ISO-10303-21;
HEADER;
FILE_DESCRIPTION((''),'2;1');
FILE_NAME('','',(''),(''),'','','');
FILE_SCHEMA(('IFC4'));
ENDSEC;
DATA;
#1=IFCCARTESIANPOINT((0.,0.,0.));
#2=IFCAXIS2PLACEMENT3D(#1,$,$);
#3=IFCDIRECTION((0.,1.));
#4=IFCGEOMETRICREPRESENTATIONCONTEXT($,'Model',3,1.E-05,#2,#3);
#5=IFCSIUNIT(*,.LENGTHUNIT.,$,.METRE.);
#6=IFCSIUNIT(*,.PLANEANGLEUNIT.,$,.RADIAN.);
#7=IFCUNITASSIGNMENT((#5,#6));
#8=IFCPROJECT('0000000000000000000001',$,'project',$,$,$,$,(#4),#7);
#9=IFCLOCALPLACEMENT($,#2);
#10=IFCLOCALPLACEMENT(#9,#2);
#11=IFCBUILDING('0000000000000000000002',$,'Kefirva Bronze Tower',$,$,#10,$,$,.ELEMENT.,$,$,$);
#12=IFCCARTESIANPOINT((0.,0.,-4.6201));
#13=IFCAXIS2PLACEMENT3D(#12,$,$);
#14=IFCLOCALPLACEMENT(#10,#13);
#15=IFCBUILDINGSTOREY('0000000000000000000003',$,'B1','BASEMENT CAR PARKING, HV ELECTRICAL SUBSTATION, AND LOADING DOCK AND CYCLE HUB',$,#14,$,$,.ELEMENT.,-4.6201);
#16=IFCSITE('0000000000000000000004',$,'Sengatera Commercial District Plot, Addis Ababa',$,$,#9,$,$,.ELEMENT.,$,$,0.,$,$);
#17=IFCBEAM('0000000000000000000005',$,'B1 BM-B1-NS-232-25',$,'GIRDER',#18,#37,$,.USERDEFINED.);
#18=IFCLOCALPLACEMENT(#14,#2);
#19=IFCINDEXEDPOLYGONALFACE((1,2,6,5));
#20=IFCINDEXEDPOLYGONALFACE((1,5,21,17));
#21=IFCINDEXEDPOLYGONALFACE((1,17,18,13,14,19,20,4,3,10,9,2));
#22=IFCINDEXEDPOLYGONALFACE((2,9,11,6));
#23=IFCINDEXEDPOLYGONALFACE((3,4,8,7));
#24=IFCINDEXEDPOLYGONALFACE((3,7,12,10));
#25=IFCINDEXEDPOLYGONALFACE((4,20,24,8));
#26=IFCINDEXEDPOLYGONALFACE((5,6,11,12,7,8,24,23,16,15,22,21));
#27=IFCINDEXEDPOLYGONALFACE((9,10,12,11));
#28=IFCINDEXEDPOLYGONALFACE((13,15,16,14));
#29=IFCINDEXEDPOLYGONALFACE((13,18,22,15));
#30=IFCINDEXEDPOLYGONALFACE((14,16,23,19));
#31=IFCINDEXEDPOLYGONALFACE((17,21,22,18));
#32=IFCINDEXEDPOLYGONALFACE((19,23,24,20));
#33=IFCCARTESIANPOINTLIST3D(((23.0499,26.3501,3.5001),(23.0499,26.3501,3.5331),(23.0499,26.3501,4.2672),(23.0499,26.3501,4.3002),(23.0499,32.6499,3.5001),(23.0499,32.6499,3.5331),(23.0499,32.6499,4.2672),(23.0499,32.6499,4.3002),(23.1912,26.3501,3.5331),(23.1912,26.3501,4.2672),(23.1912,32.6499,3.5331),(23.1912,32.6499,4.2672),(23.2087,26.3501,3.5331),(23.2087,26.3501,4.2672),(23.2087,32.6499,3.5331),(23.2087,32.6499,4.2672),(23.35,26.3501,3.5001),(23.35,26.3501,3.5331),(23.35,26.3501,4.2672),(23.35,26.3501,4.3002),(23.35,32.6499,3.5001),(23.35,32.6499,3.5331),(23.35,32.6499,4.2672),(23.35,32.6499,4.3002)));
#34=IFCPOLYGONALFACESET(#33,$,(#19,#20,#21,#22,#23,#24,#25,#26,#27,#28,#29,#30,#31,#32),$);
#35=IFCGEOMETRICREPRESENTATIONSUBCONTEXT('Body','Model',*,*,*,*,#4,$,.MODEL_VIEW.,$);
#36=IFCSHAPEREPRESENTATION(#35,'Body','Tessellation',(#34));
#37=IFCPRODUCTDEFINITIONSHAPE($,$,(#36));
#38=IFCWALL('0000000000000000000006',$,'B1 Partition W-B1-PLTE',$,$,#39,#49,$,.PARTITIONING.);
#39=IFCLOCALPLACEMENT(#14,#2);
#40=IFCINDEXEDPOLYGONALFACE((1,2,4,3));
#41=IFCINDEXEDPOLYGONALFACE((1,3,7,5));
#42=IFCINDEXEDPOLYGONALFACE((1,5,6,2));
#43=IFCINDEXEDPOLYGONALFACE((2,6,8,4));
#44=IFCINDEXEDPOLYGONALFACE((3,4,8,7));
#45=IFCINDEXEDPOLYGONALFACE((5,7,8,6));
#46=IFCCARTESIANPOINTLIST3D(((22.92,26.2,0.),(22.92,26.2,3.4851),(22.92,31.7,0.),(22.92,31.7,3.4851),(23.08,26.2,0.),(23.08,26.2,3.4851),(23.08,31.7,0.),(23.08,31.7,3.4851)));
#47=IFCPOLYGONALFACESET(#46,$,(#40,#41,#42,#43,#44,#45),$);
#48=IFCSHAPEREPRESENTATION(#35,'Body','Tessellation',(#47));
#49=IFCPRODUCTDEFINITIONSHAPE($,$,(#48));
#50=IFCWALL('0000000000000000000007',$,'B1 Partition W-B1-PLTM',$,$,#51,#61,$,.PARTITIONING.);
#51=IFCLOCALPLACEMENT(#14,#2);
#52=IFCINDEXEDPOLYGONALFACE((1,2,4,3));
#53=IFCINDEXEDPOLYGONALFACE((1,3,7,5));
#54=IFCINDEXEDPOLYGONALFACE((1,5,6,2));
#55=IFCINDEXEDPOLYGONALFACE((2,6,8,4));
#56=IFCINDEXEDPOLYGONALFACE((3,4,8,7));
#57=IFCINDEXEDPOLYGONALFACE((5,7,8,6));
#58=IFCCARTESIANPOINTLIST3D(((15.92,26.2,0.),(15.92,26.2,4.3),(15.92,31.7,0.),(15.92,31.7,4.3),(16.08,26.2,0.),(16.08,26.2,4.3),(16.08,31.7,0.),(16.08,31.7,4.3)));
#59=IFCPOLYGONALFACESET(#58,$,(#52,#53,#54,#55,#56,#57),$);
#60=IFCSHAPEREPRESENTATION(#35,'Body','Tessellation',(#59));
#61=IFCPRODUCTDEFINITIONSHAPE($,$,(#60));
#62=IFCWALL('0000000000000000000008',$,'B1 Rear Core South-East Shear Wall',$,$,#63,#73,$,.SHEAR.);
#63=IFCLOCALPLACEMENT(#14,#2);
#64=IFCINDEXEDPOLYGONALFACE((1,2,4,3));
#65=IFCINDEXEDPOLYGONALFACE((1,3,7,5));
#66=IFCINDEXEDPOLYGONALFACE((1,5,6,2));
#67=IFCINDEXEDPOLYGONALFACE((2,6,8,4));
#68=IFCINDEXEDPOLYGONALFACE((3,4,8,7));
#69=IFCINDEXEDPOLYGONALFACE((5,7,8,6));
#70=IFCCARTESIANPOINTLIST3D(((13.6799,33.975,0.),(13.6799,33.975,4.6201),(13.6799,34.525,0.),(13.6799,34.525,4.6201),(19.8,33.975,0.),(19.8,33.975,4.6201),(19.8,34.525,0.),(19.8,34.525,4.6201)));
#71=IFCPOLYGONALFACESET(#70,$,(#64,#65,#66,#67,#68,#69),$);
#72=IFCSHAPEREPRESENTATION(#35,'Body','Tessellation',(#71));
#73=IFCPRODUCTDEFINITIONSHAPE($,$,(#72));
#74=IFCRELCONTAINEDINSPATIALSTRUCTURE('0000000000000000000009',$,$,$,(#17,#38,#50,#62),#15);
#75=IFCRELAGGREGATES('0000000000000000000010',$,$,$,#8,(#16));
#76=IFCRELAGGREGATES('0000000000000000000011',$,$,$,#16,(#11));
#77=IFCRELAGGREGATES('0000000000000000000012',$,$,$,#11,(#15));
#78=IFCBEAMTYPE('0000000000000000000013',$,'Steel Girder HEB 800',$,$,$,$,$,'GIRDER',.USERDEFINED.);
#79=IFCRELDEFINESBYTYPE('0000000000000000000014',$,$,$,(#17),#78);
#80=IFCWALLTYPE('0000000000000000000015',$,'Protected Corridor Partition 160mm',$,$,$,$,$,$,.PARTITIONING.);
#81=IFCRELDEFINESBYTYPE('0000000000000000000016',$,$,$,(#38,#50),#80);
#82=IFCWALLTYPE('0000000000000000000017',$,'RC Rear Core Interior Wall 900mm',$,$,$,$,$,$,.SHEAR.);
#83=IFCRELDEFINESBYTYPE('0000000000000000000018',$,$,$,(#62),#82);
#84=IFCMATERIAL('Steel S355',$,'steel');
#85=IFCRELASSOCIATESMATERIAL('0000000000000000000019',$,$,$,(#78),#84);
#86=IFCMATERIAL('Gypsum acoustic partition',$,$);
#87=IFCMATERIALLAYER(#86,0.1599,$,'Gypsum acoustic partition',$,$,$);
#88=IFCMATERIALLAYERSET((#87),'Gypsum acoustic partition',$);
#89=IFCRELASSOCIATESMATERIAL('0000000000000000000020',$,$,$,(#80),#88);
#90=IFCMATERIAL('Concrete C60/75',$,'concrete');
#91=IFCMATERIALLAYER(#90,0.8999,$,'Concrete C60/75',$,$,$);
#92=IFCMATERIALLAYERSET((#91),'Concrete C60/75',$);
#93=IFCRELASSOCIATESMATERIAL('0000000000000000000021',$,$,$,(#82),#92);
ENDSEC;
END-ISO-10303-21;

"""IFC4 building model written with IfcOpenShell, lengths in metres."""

from ifc_helpers import new_model, si_unit, direction, frame, frame_2d, origin, origin_2d, place, context, subcontext, project, spatial, rectangle, i_section, extrude, material, layer, layer_set, material_profile, profile_set, type_object, element, save


model = new_model("IFC4")

# Units and contexts
model_context = context("Model", 3, precision=1e-05, world=origin(), true_north=direction((0.0, 1.0)))
body_context = subcontext(model_context, "Body", "Model", "MODEL_VIEW")
ifc_project = project(units=[si_unit("LENGTHUNIT", "METRE"), si_unit("PLANEANGLEUNIT", "RADIAN")], contexts=[model_context])

# Site, building, storey
site_placement = place(None, origin())
site = spatial("IfcSite", under=ifc_project, at=site_placement, Name="Sengatera Commercial District Plot, Addis Ababa", CompositionType="ELEMENT", RefElevation=0.0)
building_placement = place(site_placement, origin())
building = spatial("IfcBuilding", under=site, at=building_placement, Name="Kefirva Bronze Tower", CompositionType="ELEMENT")
storey_placement = place(building_placement, frame((0.0, 0.0, -4.6201)))
storey = spatial("IfcBuildingStorey", under=building, at=storey_placement, Name="B1", Description="BASEMENT CAR PARKING, HV ELECTRICAL SUBSTATION, AND LOADING DOCK AND CYCLE HUB", CompositionType="ELEMENT", Elevation=-4.6201)

# Shared definitions
ifc_material_1 = material(Name="Concrete C60/75", Category="concrete")

# Beam
ifc_material_2 = material(Name="Steel S355", Category="steel")
ifc_material_profile_1 = material_profile(ifc_material_2, i_section(OverallWidth=0.3, OverallDepth=0.8, WebThickness=0.0176, FlangeThickness=0.033, at=origin_2d()), Name="HEB 800")
ifc_profile_set_1 = profile_set([ifc_material_profile_1], Name="Steel S355")
beam_type_1 = type_object("IfcBeamType", Name="Steel Girder HEB 800", ElementType="GIRDER", PredefinedType="USERDEFINED", material=ifc_profile_set_1)
beam_1_placement = place(storey_placement, frame((23.2, 26.3501, 3.9001), z_axis=(0.0, 1.0, 0.0), x_axis=(-1.0, 0.0, 0.0)))
element("IfcBeam", 1, at=beam_1_placement, inside=storey, type_object=beam_type_1, Name="B1 BM-B1-NS-232-25", ObjectType="GIRDER", PredefinedType="USERDEFINED", context=body_context, shape_type="SweptSolid", body=[
    extrude(i_section(OverallWidth=0.3, OverallDepth=0.8, WebThickness=0.0176, FlangeThickness=0.033, at=origin_2d()), origin(), (0.0, 0.0, 1.0), 6.2998),
])

# Walls
ifc_material_3 = material(Name="Gypsum acoustic partition")
ifc_layer_1 = layer(ifc_material_3, 0.1599, Name="Gypsum acoustic partition")
ifc_layer_set_1 = layer_set([ifc_layer_1], Name="Gypsum acoustic partition")
wall_type_1 = type_object("IfcWallType", Name="Protected Corridor Partition 160mm", PredefinedType="PARTITIONING", material=ifc_layer_set_1)
wall_1_placement = place(storey_placement, frame((23.0, 26.2, 0.0), z_axis=(0.0, 0.0, 1.0), x_axis=(0.0, 1.0, 0.0)))
element("IfcWall", 2, at=wall_1_placement, inside=storey, type_object=wall_type_1, Name="B1 Partition W-B1-PLTE", PredefinedType="PARTITIONING", context=body_context, shape_type="SweptSolid", body=[
    extrude(rectangle(XDim=5.5, YDim=0.1599, at=frame_2d((2.75, 0.0))), origin(), (0.0, 0.0, 1.0), 3.4851),
])
wall_2_placement = place(storey_placement, frame((16.0, 26.2, 0.0), z_axis=(0.0, 0.0, 1.0), x_axis=(0.0, 1.0, 0.0)))
element("IfcWall", 3, at=wall_2_placement, inside=storey, type_object=wall_type_1, Name="B1 Partition W-B1-PLTM", PredefinedType="PARTITIONING", context=body_context, shape_type="SweptSolid", body=[
    extrude(rectangle(XDim=5.5, YDim=0.1599, at=frame_2d((2.75, 0.0))), origin(), (0.0, 0.0, 1.0), 4.3),
])
ifc_layer_2 = layer(ifc_material_1, 0.8999, Name="Concrete C60/75")
ifc_layer_set_2 = layer_set([ifc_layer_2], Name="Concrete C60/75")
wall_type_2 = type_object("IfcWallType", Name="RC Rear Core Interior Wall 900mm", PredefinedType="SHEAR", material=ifc_layer_set_2)
wall_3_placement = place(storey_placement, frame((13.6799, 34.25, 0.0), z_axis=(0.0, 0.0, 1.0), x_axis=(1.0, 0.0, 0.0)))
element("IfcWall", 4, at=wall_3_placement, inside=storey, type_object=wall_type_2, Name="B1 Rear Core South-East Shear Wall", PredefinedType="SHEAR", context=body_context, shape_type="SweptSolid", body=[
    extrude(rectangle(XDim=6.1201, YDim=0.55, at=frame_2d((3.0601, 0.0))), origin(), (0.0, 0.0, 1.0), 4.6201),
])

save(model, "model.ifc")
